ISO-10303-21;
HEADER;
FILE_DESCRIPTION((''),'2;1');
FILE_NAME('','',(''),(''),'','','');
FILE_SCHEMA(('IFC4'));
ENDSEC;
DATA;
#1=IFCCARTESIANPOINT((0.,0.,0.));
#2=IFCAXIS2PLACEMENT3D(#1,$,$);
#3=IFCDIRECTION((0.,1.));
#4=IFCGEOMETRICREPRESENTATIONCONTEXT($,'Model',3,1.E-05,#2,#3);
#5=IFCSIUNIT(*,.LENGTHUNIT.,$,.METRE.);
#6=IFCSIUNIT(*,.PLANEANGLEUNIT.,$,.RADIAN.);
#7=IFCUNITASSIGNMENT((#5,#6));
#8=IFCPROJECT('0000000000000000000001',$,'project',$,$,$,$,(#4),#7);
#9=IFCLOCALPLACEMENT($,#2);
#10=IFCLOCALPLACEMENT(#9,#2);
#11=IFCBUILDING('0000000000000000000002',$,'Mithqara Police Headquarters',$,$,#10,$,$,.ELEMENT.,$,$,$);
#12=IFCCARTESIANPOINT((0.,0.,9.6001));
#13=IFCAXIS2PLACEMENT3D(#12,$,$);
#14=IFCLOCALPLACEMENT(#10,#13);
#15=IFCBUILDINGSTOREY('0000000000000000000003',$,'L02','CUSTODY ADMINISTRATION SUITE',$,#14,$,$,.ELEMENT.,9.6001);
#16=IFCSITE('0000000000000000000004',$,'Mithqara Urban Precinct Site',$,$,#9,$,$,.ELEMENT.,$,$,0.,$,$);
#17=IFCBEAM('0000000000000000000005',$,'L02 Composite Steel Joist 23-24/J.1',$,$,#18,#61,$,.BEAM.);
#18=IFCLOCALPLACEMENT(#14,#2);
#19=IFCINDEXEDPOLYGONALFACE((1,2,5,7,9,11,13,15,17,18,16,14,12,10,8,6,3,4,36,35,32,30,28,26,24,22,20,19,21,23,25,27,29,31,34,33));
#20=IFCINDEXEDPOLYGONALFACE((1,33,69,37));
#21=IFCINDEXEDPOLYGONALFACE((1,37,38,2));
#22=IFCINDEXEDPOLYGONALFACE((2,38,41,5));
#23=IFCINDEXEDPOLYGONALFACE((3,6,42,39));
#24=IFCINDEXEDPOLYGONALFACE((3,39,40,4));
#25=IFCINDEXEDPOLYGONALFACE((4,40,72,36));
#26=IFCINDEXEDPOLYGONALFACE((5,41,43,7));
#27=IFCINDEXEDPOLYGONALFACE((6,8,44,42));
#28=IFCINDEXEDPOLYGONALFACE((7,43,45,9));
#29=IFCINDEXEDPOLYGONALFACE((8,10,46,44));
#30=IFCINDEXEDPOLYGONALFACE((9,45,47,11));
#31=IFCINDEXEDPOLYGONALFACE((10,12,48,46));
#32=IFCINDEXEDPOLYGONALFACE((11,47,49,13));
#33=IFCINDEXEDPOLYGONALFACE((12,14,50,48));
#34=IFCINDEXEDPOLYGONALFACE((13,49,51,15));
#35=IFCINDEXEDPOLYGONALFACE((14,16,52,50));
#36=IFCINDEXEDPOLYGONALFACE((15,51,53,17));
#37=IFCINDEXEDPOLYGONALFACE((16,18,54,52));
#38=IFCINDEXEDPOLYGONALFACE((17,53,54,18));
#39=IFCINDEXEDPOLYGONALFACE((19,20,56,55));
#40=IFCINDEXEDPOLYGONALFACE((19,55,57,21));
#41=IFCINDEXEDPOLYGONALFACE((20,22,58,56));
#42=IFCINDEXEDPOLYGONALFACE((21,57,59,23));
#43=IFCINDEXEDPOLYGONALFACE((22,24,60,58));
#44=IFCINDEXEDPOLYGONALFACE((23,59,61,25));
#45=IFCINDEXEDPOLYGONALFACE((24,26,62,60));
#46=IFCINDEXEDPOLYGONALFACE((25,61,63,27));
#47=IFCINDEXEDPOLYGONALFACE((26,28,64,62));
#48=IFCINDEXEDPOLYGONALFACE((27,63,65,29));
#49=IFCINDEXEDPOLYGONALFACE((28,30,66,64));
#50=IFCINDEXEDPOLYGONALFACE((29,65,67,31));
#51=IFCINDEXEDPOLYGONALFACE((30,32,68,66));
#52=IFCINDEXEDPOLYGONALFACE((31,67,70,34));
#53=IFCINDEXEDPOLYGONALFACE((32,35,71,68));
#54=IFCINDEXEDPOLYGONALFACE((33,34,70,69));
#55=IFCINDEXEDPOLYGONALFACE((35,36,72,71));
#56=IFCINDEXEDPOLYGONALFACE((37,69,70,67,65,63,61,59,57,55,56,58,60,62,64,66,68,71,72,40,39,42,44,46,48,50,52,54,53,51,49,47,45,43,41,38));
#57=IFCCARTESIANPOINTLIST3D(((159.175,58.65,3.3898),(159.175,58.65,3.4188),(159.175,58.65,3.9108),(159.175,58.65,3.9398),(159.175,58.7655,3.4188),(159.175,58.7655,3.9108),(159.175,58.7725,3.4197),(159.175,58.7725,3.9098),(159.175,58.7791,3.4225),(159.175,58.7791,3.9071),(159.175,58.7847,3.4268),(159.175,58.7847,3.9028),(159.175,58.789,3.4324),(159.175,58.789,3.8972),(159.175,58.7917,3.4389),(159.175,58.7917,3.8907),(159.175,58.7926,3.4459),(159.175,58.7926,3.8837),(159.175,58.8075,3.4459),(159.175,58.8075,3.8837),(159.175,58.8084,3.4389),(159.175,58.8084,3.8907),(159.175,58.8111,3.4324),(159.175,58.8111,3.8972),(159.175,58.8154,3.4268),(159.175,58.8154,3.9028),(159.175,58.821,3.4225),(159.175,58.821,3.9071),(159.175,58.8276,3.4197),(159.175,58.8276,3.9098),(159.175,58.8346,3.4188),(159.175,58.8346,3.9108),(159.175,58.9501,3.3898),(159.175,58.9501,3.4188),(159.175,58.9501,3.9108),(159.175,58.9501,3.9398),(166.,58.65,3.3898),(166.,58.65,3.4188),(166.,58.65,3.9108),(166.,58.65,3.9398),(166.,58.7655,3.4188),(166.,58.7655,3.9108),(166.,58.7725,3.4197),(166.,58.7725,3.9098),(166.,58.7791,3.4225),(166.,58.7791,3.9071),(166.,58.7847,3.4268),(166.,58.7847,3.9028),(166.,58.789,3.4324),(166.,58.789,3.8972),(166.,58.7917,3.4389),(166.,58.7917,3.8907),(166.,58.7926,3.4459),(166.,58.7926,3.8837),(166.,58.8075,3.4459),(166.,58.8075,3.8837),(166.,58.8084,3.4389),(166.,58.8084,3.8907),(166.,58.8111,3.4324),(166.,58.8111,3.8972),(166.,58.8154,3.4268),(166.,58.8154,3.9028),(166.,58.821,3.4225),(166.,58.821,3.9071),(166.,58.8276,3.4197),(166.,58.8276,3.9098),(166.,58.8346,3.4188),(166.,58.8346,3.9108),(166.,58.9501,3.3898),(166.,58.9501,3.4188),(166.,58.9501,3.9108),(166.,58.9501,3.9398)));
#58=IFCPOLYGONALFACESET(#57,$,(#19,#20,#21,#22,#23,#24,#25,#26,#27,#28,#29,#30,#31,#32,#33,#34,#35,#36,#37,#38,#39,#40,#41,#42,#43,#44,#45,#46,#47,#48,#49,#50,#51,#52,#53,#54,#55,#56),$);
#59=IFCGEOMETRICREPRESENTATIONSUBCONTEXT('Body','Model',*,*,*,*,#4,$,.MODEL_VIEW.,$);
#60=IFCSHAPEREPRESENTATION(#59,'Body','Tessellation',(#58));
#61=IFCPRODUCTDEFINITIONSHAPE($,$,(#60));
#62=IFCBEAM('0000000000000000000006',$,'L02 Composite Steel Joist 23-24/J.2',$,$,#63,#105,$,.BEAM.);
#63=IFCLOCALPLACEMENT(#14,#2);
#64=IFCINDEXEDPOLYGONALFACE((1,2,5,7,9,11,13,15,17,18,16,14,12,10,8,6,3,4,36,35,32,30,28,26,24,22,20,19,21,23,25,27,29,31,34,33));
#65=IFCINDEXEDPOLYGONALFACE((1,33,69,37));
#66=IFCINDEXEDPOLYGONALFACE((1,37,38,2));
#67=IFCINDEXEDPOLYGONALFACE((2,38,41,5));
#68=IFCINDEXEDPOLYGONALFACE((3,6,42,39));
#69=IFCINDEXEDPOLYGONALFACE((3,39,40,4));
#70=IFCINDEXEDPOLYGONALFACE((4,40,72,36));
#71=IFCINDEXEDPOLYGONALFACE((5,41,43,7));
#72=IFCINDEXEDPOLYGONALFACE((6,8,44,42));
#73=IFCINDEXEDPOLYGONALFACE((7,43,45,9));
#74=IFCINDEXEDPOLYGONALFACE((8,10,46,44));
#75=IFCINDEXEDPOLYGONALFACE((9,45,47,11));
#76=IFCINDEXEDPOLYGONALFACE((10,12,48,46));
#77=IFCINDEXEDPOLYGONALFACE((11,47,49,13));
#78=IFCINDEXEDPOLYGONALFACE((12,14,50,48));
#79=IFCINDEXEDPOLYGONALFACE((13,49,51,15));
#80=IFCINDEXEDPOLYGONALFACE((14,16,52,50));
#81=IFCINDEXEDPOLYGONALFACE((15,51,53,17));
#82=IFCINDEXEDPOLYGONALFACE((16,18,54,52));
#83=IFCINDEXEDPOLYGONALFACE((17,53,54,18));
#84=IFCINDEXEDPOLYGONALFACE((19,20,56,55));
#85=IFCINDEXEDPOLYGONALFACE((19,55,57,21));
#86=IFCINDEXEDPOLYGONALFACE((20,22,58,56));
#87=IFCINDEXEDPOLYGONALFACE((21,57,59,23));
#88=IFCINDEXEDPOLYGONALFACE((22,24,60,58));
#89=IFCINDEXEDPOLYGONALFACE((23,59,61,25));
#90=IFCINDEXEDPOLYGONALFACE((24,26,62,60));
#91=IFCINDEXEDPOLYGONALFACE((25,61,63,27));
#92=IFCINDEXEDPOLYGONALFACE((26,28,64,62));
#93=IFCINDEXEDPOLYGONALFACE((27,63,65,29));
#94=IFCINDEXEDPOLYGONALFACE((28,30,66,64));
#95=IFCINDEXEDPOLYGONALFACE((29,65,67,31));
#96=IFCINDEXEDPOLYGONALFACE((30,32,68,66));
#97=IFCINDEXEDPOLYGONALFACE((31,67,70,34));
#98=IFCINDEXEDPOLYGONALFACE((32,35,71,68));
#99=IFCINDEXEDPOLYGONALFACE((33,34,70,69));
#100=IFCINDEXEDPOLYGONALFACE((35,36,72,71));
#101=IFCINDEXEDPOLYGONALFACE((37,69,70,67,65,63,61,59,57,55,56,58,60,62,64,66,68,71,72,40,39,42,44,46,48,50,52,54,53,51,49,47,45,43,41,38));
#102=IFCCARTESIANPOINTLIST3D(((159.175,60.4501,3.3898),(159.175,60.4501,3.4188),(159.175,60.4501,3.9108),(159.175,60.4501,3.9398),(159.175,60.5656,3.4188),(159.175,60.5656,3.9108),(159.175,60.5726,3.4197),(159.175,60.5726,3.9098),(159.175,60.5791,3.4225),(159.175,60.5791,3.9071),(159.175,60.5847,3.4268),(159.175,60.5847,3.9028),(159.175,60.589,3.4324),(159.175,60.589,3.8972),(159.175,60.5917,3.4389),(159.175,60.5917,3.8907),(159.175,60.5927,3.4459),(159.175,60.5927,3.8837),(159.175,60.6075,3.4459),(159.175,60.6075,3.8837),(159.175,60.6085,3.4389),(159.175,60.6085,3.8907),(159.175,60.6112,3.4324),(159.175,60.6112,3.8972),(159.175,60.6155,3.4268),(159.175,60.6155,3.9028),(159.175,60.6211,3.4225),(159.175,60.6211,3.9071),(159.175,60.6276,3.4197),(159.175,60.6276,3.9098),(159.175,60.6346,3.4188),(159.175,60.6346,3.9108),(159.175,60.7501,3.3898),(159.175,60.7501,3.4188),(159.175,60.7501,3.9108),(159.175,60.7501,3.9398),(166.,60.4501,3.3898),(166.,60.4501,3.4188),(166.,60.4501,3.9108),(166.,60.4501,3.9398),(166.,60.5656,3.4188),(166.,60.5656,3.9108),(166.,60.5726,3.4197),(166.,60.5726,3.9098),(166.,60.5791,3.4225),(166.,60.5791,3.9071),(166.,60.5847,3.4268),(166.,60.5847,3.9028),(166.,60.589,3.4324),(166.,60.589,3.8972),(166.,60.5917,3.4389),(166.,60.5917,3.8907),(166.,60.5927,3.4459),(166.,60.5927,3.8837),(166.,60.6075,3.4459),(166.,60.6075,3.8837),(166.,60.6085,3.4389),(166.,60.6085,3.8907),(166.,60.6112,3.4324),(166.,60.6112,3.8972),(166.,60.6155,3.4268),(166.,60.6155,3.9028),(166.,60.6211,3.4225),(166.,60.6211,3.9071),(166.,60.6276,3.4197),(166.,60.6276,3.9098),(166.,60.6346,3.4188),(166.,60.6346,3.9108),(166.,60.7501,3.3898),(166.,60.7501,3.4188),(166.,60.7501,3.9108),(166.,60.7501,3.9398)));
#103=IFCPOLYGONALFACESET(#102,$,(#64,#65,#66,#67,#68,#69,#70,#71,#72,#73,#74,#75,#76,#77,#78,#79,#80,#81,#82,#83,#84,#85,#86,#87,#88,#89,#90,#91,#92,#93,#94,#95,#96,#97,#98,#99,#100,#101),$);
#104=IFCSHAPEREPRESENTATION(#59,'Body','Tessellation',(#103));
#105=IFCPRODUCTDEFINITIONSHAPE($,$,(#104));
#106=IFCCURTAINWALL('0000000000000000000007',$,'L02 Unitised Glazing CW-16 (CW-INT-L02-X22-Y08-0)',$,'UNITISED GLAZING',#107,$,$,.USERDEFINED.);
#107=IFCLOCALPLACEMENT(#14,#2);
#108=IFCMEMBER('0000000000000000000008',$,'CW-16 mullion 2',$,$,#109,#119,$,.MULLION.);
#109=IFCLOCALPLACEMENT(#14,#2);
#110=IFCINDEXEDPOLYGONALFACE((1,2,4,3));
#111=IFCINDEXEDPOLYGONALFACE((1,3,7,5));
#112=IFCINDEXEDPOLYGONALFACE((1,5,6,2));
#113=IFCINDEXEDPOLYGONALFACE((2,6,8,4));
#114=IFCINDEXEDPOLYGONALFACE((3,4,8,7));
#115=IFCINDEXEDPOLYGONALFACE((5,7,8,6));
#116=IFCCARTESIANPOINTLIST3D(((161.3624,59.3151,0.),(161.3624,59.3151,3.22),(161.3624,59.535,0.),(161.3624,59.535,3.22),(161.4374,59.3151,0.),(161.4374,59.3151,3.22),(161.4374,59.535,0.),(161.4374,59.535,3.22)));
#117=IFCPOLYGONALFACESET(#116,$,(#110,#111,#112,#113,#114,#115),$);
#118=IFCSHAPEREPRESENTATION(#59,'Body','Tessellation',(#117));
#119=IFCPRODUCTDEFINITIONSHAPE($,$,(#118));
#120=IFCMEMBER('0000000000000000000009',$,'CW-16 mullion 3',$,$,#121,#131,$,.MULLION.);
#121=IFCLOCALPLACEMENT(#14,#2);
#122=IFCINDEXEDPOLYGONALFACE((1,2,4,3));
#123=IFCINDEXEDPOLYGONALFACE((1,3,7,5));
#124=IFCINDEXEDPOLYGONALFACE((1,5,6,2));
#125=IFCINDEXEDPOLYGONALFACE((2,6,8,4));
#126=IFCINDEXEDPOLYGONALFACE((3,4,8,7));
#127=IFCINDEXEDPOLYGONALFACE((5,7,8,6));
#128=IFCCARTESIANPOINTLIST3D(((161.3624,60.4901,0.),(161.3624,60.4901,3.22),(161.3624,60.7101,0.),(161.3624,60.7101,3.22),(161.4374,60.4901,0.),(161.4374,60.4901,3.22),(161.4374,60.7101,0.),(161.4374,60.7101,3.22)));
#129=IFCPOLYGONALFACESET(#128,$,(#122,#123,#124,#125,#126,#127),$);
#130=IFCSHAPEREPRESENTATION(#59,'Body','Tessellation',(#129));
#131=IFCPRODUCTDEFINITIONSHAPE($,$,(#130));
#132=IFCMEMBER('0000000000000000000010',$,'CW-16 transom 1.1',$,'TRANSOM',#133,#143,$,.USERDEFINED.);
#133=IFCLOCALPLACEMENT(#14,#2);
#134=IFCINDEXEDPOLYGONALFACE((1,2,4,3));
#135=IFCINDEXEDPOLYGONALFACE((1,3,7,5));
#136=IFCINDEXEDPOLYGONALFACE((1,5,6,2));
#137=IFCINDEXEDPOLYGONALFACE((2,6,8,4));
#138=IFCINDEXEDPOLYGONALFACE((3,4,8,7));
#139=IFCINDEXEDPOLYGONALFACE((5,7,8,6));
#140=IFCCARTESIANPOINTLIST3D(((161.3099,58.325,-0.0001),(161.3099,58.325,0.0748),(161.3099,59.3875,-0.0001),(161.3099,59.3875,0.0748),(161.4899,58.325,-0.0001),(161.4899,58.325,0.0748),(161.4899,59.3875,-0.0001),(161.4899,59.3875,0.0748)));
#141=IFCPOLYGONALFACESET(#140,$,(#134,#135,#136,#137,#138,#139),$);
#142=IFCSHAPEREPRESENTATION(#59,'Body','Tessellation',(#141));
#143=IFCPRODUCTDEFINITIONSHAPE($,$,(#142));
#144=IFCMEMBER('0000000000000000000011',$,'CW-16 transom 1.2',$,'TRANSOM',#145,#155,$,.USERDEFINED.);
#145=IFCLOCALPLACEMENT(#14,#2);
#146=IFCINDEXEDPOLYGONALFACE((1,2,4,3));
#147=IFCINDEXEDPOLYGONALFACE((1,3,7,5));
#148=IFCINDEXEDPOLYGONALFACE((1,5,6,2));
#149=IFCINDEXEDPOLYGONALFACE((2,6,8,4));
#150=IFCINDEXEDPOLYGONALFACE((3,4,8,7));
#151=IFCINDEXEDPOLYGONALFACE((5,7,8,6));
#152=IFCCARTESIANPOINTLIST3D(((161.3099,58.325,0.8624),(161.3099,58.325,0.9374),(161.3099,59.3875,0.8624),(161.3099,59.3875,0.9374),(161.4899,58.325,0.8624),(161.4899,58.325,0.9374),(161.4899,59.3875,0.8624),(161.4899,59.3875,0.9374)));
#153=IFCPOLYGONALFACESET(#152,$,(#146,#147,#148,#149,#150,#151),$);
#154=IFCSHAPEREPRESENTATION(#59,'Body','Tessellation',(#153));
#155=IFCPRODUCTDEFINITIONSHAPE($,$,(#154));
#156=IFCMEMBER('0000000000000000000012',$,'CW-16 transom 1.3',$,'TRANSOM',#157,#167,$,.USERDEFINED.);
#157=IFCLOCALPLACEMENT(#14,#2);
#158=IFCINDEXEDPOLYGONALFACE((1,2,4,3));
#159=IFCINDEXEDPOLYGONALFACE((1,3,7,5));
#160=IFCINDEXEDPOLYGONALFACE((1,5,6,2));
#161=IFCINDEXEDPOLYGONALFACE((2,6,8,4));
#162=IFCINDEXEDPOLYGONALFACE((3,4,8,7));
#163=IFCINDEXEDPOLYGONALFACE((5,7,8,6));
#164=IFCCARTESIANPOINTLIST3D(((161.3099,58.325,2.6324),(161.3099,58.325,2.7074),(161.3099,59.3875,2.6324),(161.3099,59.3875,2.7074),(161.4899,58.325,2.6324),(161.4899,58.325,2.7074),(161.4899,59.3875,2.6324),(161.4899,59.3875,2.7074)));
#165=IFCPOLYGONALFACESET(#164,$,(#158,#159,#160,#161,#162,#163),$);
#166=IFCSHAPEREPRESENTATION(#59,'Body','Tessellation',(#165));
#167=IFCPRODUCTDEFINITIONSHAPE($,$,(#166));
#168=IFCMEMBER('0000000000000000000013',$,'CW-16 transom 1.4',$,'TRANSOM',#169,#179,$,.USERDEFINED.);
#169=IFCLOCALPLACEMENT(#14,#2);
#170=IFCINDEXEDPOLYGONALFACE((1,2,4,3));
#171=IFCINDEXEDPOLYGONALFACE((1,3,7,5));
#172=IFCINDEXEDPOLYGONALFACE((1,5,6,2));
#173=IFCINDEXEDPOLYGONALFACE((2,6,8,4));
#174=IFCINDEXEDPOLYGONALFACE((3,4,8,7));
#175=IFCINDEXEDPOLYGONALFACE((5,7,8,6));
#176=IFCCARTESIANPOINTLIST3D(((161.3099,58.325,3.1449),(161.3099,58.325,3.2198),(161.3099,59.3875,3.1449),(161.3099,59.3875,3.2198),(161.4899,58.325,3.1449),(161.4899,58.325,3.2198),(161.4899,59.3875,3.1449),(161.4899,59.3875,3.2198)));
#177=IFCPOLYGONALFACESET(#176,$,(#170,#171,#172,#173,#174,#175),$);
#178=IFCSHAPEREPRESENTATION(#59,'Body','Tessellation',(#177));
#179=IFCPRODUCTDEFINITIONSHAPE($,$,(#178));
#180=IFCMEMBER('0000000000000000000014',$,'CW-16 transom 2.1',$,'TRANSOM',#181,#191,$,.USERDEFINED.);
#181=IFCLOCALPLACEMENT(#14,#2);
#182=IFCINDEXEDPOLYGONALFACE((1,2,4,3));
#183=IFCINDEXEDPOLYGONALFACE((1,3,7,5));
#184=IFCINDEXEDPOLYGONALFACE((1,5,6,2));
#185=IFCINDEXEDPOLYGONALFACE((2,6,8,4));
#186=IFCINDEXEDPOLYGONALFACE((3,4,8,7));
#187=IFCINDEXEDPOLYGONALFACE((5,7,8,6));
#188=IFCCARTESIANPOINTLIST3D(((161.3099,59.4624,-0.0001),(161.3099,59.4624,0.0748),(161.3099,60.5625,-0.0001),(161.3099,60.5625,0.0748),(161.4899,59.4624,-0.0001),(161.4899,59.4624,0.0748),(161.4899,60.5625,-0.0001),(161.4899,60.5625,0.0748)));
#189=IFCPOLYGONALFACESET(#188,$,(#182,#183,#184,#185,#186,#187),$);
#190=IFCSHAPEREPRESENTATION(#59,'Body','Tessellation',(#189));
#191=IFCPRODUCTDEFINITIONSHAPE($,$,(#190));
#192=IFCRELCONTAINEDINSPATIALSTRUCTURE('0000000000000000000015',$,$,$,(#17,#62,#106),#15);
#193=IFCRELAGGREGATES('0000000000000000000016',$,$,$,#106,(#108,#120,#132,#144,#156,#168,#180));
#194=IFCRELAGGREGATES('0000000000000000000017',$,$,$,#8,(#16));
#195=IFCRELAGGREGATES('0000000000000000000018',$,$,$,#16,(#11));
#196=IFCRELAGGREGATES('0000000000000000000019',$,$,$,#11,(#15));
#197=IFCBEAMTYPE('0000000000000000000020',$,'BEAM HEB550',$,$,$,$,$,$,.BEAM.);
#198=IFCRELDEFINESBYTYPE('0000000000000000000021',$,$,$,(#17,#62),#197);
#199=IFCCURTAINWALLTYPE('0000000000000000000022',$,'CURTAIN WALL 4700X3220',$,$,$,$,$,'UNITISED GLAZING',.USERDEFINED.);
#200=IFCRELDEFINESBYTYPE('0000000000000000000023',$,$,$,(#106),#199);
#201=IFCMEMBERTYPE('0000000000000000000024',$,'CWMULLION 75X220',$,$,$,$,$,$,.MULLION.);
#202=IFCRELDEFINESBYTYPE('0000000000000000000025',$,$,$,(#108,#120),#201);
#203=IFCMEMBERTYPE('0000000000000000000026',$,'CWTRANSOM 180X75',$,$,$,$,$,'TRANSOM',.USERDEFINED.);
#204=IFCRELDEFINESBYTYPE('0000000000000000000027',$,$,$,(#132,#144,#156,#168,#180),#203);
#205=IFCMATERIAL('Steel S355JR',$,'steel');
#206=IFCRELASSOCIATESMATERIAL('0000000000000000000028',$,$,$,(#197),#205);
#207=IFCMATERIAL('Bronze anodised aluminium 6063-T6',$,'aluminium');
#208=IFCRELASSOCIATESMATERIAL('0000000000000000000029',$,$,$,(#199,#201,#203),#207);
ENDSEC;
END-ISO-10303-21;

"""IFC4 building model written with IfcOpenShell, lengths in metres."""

from ifc_helpers import new_model, si_unit, direction, frame, origin, origin_2d, place, context, subcontext, project, spatial, rectangle, i_section, extrude, material, material_profile, profile_set, type_object, element, aggregate, save


model = new_model("IFC4")

# Units and contexts
model_context = context("Model", 3, precision=1e-05, world=origin(), true_north=direction((0.0, 1.0)))
body_context = subcontext(model_context, "Body", "Model", "MODEL_VIEW")
ifc_project = project(units=[si_unit("LENGTHUNIT", "METRE"), si_unit("PLANEANGLEUNIT", "RADIAN")], contexts=[model_context])

# Site, building, storey
site_placement = place(None, origin())
site = spatial("IfcSite", under=ifc_project, at=site_placement, Name="Mithqara Urban Precinct Site", CompositionType="ELEMENT", RefElevation=0.0)
building_placement = place(site_placement, origin())
building = spatial("IfcBuilding", under=site, at=building_placement, Name="Mithqara Police Headquarters", CompositionType="ELEMENT")
storey_placement = place(building_placement, frame((0.0, 0.0, 9.6001)))
storey = spatial("IfcBuildingStorey", under=building, at=storey_placement, Name="L02", Description="CUSTODY ADMINISTRATION SUITE", CompositionType="ELEMENT", Elevation=9.6001)

# Beams
ifc_material_1 = material(Name="Steel S355JR", Category="steel")
ifc_material_profile_1 = material_profile(ifc_material_1, i_section(OverallWidth=0.3, OverallDepth=0.55, WebThickness=0.0149, FlangeThickness=0.0291, FilletRadius=0.0271, at=origin_2d()), Name="HEB 550")
ifc_profile_set_1 = profile_set([ifc_material_profile_1], Name="Steel S355JR")
beam_type = type_object("IfcBeamType", Name="BEAM HEB550", PredefinedType="BEAM", material=ifc_profile_set_1)
for number, where, z_axis, x_axis, name in (
    (1, (159.175, 58.8, 3.6648), (1.0, 0.0, 0.0), (0.0, 1.0, 0.0), "L02 Composite Steel Joist 23-24/J.1"),
    (2, (159.175, 60.6001, 3.6648), (1.0, 0.0, 0.0), (0.0, 1.0, 0.0), "L02 Composite Steel Joist 23-24/J.2"),
):
    element("IfcBeam", number, at=place(storey_placement, frame(where, z_axis=z_axis, x_axis=x_axis)), inside=storey, type_object=beam_type, Name=name, PredefinedType="BEAM", context=body_context, shape_type="SweptSolid", body=[
        extrude(i_section(OverallWidth=0.3, OverallDepth=0.55, WebThickness=0.0149, FlangeThickness=0.0291, FilletRadius=0.0271, at=origin_2d()), origin(), (0.0, 0.0, 1.0), 6.825),
    ])

# Curtain wall, members
ifc_material_2 = material(Name="Bronze anodised aluminium 6063-T6", Category="aluminium")
curtain_wall_type = type_object("IfcCurtainWallType", Name="CURTAIN WALL 4700X3220", ElementType="UNITISED GLAZING", PredefinedType="USERDEFINED", material=ifc_material_2)
curtain_wall_placement = place(storey_placement, origin())
curtain_wall = element("IfcCurtainWall", 3, at=curtain_wall_placement, inside=storey, type_object=curtain_wall_type, Name="L02 Unitised Glazing CW-16 (CW-INT-L02-X22-Y08-0)", ObjectType="UNITISED GLAZING", PredefinedType="USERDEFINED")
ifc_material_profile_2 = material_profile(ifc_material_2, rectangle(XDim=0.075, YDim=0.22, at=origin_2d()), Name="CWM 75x220")
ifc_profile_set_2 = profile_set([ifc_material_profile_2], Name="Bronze anodised aluminium 6063-T6")
member_type_1 = type_object("IfcMemberType", Name="CWMULLION 75X220", PredefinedType="MULLION", material=ifc_profile_set_2)
member_1_placement = place(storey_placement, frame((161.3999, 59.425, 0.0), z_axis=(0.0, 0.0, 1.0), x_axis=(-1.0, 0.0, 0.0)))
member_1 = element("IfcMember", 4, at=member_1_placement, type_object=member_type_1, Name="CW-16 mullion 2", PredefinedType="MULLION", context=body_context, shape_type="SweptSolid", body=[
    extrude(rectangle(XDim=0.075, YDim=0.22, at=origin_2d()), origin(), (0.0, 0.0, 1.0), 3.22),
])
member_2_placement = place(storey_placement, frame((161.3999, 60.6001, 0.0), z_axis=(0.0, 0.0, 1.0), x_axis=(-1.0, 0.0, 0.0)))
member_2 = element("IfcMember", 5, at=member_2_placement, type_object=member_type_1, Name="CW-16 mullion 3", PredefinedType="MULLION", context=body_context, shape_type="SweptSolid", body=[
    extrude(rectangle(XDim=0.075, YDim=0.22, at=origin_2d()), origin(), (0.0, 0.0, 1.0), 3.22),
])
ifc_material_profile_3 = material_profile(ifc_material_2, rectangle(XDim=0.1799, YDim=0.075, at=origin_2d()), Name="CWT 180x75")
ifc_profile_set_3 = profile_set([ifc_material_profile_3], Name="Bronze anodised aluminium 6063-T6")
member_type_2 = type_object("IfcMemberType", Name="CWTRANSOM 180X75", ElementType="TRANSOM", PredefinedType="USERDEFINED", material=ifc_profile_set_3)
member_3_placement = place(storey_placement, frame((161.3999, 58.325, 0.0374), z_axis=(0.0, 1.0, 0.0), x_axis=(-1.0, 0.0, 0.0)))
member_3 = element("IfcMember", 6, at=member_3_placement, type_object=member_type_2, Name="CW-16 transom 1.1", ObjectType="TRANSOM", PredefinedType="USERDEFINED", context=body_context, shape_type="SweptSolid", body=[
    extrude(rectangle(XDim=0.1799, YDim=0.075, at=origin_2d()), origin(), (0.0, 0.0, 1.0), 1.0625),
])
member_4_placement = place(storey_placement, frame((161.3999, 58.325, 0.8999), z_axis=(0.0, 1.0, 0.0), x_axis=(-1.0, 0.0, 0.0)))
member_4 = element("IfcMember", 7, at=member_4_placement, type_object=member_type_2, Name="CW-16 transom 1.2", ObjectType="TRANSOM", PredefinedType="USERDEFINED", context=body_context, shape_type="SweptSolid", body=[
    extrude(rectangle(XDim=0.1799, YDim=0.075, at=origin_2d()), origin(), (0.0, 0.0, 1.0), 1.0625),
])
member_5_placement = place(storey_placement, frame((161.3999, 58.325, 2.6699), z_axis=(0.0, 1.0, 0.0), x_axis=(-1.0, 0.0, 0.0)))
member_5 = element("IfcMember", 8, at=member_5_placement, type_object=member_type_2, Name="CW-16 transom 1.3", ObjectType="TRANSOM", PredefinedType="USERDEFINED", context=body_context, shape_type="SweptSolid", body=[
    extrude(rectangle(XDim=0.1799, YDim=0.075, at=origin_2d()), origin(), (0.0, 0.0, 1.0), 1.0625),
])
member_6_placement = place(storey_placement, frame((161.3999, 58.325, 3.1824), z_axis=(0.0, 1.0, 0.0), x_axis=(-1.0, 0.0, 0.0)))
member_6 = element("IfcMember", 9, at=member_6_placement, type_object=member_type_2, Name="CW-16 transom 1.4", ObjectType="TRANSOM", PredefinedType="USERDEFINED", context=body_context, shape_type="SweptSolid", body=[
    extrude(rectangle(XDim=0.1799, YDim=0.075, at=origin_2d()), origin(), (0.0, 0.0, 1.0), 1.0625),
])
member_7_placement = place(storey_placement, frame((161.3999, 59.4624, 0.0374), z_axis=(0.0, 1.0, 0.0), x_axis=(-1.0, 0.0, 0.0)))
member_7 = element("IfcMember", 10, at=member_7_placement, type_object=member_type_2, Name="CW-16 transom 2.1", ObjectType="TRANSOM", PredefinedType="USERDEFINED", context=body_context, shape_type="SweptSolid", body=[
    extrude(rectangle(XDim=0.1799, YDim=0.075, at=origin_2d()), origin(), (0.0, 0.0, 1.0), 1.1001),
])
aggregate(curtain_wall, [member_1, member_2, member_3, member_4, member_5, member_6, member_7])

save(model, "model.ifc")
